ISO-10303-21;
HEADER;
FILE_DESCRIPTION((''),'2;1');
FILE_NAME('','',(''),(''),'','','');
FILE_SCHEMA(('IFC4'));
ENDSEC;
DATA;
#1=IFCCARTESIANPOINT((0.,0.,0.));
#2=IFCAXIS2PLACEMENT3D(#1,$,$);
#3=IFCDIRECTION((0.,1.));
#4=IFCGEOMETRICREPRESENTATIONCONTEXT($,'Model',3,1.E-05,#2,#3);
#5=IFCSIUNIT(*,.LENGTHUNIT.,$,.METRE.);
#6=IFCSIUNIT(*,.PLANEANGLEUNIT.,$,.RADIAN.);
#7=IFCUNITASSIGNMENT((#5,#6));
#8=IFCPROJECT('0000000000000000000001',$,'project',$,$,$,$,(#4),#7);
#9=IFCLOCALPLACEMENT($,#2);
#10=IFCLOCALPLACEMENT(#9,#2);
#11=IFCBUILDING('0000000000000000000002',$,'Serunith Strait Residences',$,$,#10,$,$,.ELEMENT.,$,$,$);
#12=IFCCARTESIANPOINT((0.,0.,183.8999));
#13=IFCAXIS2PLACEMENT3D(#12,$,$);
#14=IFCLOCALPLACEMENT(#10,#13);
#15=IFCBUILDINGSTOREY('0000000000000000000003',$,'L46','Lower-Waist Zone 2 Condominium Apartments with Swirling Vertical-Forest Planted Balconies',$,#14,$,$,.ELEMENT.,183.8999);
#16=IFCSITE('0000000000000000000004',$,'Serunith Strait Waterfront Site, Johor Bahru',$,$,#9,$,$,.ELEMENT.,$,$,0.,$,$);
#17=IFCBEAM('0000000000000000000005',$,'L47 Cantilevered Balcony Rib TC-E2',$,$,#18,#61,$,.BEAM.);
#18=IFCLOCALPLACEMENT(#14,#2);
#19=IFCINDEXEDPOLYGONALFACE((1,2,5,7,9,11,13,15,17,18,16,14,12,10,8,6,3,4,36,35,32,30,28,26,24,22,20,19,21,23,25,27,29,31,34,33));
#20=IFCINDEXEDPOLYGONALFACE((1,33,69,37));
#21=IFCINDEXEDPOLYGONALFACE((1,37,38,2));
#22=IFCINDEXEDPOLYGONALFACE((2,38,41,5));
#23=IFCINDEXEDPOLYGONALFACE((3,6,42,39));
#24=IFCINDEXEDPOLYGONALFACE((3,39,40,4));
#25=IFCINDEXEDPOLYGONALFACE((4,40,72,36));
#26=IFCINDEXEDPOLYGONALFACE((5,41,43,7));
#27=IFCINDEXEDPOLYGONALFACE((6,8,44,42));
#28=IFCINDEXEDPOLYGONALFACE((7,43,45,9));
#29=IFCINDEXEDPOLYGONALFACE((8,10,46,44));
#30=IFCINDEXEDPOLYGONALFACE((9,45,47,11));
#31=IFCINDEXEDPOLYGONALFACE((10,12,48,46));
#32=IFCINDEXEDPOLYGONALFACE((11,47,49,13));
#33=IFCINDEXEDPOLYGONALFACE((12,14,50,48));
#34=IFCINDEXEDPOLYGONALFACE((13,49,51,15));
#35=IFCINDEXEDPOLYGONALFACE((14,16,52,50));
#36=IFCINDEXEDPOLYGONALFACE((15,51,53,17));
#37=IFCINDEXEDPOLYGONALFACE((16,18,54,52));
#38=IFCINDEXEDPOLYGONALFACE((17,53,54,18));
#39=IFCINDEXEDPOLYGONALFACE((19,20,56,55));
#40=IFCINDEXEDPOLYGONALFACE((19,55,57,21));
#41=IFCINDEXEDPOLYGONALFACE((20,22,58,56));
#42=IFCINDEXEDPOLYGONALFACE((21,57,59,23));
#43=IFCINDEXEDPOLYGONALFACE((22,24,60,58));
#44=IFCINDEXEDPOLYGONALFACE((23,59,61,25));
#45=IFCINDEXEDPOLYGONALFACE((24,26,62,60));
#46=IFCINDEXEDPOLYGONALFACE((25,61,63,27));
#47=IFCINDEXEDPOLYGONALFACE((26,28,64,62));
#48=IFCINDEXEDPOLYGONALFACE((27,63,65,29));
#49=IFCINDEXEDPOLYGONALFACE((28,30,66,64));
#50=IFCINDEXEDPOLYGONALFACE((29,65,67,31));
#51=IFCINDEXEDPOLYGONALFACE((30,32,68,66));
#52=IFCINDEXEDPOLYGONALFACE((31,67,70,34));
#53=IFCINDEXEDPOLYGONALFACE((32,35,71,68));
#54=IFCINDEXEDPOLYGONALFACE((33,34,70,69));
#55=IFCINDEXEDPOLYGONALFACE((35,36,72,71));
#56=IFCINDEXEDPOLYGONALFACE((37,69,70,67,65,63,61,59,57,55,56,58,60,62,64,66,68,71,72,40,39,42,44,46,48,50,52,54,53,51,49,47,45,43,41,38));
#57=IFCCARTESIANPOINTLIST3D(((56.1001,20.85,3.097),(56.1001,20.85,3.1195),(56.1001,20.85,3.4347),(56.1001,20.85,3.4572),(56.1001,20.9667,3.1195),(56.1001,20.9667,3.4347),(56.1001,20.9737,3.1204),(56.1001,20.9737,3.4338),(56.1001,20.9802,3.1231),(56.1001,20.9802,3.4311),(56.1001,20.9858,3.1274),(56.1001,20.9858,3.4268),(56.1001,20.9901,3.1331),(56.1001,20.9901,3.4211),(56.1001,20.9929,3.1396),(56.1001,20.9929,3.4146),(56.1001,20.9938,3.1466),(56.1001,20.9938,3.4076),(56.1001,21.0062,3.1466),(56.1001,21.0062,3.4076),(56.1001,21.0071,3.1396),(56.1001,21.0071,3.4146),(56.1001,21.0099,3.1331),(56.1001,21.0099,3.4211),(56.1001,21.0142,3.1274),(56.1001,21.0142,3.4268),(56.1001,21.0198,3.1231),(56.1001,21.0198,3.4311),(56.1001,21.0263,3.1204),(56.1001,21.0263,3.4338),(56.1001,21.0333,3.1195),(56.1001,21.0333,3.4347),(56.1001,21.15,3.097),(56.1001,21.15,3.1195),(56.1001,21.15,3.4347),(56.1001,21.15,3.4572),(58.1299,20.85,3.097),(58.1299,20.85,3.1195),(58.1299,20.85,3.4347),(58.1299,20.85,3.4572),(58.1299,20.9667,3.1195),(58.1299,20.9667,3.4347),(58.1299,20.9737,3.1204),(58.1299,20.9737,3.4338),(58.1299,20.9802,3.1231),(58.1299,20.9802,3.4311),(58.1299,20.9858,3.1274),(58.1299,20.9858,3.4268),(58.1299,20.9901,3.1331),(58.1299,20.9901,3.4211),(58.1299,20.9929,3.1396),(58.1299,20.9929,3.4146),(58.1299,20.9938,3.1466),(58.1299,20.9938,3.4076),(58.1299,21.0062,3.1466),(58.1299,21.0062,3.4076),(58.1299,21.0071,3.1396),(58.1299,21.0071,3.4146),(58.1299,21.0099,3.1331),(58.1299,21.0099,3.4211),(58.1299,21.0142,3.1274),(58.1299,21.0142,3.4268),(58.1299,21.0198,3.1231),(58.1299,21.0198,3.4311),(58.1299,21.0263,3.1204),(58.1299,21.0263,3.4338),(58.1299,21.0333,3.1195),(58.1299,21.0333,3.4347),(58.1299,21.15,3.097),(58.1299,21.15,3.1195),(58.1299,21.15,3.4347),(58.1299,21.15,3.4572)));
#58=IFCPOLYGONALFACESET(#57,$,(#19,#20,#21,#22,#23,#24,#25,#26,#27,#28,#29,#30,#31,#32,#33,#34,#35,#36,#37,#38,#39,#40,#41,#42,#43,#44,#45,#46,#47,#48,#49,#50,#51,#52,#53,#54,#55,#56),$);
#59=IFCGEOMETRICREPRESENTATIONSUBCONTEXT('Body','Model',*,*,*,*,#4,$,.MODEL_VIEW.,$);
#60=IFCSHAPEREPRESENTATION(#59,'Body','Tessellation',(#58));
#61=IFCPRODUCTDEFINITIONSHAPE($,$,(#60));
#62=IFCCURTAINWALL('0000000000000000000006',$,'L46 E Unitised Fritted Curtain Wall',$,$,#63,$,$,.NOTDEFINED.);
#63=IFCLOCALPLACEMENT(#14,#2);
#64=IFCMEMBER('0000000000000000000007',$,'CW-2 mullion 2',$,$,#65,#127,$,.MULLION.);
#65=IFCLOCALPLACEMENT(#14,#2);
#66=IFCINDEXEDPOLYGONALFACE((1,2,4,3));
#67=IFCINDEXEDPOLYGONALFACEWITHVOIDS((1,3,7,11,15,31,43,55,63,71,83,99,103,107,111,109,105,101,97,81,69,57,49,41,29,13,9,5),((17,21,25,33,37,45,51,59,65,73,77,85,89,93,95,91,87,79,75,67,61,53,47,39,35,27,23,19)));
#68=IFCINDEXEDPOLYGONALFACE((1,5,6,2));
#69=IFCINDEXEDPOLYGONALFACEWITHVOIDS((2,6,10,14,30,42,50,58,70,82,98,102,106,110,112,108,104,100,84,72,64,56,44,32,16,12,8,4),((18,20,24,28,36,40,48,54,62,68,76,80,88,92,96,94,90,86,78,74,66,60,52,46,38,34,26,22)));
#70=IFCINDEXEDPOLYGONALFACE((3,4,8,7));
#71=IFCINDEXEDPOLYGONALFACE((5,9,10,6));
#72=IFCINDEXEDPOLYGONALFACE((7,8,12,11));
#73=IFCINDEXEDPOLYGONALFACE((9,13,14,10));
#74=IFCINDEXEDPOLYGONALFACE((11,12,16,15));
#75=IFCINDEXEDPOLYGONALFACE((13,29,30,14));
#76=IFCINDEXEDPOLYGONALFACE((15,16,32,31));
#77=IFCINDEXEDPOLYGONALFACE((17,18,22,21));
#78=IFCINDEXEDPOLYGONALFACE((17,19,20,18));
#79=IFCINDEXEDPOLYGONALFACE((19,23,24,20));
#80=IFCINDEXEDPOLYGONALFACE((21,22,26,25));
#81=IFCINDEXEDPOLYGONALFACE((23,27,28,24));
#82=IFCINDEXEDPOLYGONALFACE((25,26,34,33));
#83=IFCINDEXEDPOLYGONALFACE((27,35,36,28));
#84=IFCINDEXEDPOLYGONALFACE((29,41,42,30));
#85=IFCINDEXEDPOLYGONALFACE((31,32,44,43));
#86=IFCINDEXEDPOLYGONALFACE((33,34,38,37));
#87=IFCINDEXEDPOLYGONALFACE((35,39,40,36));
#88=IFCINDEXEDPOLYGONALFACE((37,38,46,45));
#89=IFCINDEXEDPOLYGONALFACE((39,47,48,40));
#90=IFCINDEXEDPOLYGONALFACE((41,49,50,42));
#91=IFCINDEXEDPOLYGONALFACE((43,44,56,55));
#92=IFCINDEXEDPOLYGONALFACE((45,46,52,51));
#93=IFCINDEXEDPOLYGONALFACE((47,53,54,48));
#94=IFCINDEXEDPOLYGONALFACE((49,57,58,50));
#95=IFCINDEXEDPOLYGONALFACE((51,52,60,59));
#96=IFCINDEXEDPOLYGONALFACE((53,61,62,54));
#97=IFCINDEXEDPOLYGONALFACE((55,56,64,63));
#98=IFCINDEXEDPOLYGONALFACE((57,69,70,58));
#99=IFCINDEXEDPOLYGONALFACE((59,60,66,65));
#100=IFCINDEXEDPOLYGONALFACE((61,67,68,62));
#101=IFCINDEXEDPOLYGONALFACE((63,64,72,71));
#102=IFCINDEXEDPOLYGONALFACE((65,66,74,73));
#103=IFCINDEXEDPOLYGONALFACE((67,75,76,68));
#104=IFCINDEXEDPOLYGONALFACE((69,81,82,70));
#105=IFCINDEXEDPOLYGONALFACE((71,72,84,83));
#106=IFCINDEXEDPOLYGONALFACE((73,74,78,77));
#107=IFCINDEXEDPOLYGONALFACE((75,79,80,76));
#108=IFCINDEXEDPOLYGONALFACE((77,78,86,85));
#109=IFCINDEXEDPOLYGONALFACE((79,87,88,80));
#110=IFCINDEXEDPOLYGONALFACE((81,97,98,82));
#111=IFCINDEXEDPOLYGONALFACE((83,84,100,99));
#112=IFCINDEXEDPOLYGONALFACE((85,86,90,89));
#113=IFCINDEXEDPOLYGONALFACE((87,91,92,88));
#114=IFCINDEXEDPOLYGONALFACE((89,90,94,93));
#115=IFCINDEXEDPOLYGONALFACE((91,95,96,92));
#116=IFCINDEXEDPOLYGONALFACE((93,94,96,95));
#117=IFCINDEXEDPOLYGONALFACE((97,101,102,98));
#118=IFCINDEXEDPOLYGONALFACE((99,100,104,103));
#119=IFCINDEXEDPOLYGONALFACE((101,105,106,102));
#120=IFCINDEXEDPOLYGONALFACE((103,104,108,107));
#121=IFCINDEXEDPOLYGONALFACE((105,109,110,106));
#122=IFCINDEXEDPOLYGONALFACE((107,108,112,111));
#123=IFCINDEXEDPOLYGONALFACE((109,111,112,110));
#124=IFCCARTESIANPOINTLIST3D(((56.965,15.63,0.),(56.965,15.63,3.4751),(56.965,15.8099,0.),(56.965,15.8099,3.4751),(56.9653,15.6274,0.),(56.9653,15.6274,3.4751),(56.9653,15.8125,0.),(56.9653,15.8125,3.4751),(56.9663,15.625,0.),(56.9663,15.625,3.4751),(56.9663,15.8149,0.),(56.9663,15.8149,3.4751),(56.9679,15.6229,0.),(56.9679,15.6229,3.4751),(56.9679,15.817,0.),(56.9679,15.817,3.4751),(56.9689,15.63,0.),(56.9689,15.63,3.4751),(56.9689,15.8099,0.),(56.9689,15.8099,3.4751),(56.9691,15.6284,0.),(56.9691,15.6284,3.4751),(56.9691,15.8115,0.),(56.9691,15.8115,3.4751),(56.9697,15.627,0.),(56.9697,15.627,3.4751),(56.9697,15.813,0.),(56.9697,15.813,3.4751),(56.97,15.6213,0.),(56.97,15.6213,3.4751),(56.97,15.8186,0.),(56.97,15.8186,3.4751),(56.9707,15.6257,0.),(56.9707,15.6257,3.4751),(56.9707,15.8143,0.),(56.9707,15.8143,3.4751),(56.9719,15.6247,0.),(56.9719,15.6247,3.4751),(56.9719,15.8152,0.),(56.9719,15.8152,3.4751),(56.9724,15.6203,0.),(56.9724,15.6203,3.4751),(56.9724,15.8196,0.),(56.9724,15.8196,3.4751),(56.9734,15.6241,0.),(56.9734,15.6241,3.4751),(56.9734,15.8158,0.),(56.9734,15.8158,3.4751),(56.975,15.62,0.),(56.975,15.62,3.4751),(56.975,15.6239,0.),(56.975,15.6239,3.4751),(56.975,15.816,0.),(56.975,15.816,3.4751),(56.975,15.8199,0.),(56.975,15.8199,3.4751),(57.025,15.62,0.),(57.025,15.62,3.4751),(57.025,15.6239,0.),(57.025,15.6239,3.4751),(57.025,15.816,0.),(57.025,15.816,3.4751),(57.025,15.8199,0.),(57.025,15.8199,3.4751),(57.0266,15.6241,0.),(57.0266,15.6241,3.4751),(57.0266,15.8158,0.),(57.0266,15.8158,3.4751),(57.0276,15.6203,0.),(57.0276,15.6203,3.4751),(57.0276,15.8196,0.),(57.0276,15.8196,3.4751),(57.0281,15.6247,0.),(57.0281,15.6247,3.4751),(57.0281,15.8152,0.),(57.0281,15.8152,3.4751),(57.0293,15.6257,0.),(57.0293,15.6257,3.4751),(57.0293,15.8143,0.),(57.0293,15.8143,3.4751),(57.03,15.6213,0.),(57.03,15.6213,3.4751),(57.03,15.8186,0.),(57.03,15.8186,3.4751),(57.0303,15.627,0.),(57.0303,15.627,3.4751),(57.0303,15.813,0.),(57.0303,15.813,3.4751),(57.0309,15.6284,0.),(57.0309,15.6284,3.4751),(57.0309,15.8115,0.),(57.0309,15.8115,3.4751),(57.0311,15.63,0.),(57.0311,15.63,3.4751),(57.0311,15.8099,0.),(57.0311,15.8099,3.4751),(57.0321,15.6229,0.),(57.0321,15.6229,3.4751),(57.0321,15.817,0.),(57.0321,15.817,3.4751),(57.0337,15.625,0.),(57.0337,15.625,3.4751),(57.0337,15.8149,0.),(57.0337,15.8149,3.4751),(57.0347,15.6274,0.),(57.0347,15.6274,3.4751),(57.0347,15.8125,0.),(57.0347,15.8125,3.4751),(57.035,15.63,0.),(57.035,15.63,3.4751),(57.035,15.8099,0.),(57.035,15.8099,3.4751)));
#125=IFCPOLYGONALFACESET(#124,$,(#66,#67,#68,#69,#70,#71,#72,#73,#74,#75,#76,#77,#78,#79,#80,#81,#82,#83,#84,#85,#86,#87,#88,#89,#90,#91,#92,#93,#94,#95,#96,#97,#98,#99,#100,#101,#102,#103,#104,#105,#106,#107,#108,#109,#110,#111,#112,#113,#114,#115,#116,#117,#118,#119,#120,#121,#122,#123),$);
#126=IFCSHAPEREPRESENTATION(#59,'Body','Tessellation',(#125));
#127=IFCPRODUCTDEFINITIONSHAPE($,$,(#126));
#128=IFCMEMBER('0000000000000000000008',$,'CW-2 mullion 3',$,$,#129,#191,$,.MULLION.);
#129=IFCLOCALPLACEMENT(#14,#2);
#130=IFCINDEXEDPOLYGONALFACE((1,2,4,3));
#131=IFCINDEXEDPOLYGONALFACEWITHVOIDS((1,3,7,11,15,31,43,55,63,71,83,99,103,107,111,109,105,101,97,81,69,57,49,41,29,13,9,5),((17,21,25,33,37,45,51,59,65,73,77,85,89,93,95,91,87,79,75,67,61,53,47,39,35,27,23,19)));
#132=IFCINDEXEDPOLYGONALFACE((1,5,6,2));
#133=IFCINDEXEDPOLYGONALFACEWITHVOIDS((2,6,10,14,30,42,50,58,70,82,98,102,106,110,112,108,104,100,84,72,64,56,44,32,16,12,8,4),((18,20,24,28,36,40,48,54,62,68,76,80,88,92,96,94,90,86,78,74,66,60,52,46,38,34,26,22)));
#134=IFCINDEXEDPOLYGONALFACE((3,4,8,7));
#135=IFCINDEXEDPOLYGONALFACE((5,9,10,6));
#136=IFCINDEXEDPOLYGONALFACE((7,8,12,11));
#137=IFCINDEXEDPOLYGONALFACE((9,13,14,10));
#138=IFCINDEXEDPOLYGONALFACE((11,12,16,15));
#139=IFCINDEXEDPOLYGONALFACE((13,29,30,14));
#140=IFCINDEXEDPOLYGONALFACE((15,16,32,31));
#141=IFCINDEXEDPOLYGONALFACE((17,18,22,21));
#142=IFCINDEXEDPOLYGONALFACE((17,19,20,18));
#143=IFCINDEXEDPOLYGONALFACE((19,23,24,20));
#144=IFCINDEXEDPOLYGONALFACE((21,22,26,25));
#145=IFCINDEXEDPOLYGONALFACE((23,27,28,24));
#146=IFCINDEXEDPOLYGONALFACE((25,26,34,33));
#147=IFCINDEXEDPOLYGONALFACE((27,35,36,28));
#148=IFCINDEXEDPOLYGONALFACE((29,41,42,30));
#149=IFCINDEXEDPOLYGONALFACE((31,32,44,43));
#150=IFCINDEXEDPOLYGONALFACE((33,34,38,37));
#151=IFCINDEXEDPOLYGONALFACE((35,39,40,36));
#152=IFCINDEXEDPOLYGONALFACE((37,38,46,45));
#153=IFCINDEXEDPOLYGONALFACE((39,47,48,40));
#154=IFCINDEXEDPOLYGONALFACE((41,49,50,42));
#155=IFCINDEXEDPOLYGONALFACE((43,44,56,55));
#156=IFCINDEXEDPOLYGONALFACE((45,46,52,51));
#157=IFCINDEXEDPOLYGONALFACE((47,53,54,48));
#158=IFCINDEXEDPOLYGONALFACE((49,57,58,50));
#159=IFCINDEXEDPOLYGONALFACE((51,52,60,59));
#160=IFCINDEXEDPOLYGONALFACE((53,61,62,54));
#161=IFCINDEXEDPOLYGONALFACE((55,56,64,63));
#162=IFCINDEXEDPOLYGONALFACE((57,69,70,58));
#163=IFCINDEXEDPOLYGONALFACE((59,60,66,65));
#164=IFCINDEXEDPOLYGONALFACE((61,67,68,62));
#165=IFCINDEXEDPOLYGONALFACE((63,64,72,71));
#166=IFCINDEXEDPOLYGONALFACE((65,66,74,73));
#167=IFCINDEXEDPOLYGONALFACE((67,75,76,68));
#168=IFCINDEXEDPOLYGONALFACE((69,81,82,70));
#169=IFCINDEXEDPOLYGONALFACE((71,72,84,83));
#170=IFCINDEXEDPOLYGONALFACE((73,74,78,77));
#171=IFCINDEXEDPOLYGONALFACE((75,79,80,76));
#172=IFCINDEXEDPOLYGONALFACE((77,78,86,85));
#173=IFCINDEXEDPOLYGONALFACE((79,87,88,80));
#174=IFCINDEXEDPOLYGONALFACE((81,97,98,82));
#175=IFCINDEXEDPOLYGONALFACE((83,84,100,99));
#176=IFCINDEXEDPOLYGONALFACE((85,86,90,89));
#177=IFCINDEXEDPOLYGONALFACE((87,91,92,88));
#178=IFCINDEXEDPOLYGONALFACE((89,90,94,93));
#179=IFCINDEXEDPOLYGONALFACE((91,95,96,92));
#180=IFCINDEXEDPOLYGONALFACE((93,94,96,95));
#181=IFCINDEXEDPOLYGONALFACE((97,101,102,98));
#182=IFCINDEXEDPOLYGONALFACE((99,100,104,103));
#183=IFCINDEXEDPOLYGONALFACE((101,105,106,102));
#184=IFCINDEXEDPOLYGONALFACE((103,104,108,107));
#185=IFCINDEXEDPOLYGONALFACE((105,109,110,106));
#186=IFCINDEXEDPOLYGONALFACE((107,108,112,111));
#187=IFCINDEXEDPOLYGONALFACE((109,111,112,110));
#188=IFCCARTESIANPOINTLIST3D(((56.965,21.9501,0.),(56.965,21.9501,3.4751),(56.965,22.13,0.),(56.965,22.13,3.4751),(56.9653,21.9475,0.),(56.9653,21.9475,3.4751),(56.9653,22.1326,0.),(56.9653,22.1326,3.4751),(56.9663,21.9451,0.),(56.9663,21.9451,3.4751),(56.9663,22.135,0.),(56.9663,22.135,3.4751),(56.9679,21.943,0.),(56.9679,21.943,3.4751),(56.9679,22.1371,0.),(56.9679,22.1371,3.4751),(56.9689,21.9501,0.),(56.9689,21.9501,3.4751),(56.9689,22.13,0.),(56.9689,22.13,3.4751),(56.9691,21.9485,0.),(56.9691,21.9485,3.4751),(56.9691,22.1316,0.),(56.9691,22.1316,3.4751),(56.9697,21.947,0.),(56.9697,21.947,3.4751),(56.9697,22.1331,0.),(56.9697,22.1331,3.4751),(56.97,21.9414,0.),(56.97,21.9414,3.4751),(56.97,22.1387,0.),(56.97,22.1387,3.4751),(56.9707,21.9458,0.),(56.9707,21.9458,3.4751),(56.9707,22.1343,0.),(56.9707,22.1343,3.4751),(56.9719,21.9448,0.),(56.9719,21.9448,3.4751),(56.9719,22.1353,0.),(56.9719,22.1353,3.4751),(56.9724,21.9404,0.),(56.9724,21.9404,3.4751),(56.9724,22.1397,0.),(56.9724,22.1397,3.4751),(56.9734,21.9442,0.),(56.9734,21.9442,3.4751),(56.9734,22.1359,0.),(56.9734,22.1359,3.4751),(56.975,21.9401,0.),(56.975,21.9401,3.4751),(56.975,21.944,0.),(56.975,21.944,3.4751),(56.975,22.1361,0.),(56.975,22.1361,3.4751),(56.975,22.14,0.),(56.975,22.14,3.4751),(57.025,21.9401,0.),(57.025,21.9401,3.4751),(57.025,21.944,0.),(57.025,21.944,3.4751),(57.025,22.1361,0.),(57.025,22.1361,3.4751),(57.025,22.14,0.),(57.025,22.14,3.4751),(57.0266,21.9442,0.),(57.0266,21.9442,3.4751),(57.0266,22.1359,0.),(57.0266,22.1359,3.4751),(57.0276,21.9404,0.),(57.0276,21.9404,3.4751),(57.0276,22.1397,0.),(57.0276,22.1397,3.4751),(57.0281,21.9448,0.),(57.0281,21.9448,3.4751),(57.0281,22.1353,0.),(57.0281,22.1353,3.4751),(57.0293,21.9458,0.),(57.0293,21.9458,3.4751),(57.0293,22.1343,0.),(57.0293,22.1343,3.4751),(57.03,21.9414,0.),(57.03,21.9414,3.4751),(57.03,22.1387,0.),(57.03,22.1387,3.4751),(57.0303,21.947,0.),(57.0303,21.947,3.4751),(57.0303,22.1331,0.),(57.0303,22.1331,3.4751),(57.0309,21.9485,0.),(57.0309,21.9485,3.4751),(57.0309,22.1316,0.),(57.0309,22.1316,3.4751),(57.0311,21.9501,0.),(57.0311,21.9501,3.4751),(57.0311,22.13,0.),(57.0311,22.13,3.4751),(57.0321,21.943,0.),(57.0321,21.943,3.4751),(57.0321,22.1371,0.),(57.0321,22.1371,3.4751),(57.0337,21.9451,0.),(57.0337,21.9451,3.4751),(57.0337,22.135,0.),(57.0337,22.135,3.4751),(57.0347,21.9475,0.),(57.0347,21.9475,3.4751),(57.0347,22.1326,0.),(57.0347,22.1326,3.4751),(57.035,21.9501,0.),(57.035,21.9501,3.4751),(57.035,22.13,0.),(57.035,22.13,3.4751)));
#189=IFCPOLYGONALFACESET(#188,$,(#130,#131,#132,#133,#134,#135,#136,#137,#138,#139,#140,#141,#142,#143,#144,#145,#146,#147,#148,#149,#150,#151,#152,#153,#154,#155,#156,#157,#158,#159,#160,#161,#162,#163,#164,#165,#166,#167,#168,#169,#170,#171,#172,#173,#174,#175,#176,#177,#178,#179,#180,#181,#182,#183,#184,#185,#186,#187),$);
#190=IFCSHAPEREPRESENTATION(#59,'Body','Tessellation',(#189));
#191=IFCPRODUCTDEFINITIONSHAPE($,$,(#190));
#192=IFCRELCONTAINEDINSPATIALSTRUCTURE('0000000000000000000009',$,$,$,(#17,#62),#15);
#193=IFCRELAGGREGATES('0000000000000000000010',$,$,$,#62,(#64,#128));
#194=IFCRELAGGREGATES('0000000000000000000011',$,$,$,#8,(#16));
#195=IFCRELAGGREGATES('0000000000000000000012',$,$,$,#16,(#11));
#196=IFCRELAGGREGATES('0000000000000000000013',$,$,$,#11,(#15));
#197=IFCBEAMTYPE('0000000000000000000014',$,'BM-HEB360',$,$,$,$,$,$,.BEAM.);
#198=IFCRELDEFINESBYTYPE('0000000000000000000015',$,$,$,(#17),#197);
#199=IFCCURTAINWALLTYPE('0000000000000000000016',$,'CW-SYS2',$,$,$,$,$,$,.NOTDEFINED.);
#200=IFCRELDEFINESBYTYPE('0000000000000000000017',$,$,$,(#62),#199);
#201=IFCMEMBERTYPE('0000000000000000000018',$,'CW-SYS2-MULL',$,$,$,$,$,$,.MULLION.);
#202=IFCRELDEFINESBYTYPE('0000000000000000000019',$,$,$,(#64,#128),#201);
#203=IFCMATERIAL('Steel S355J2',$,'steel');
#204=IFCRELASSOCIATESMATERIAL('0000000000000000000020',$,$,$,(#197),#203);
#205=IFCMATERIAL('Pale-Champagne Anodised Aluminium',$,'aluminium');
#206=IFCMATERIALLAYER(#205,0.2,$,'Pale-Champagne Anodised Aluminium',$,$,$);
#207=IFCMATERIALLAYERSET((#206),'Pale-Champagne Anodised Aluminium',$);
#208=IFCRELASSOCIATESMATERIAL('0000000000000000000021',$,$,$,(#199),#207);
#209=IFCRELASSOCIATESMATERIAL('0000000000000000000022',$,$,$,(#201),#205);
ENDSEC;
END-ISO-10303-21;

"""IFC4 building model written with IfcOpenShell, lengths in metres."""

from ifc_helpers import new_model, si_unit, direction, frame, origin, origin_2d, place, context, subcontext, project, spatial, hollow_rectangle, i_section, extrude, source, transform, mapped, material, layer, layer_set, material_profile, profile_set, type_object, element, aggregate, save


model = new_model("IFC4")

# Units and contexts
model_context = context("Model", 3, precision=1e-05, world=origin(), true_north=direction((0.0, 1.0)))
body_context = subcontext(model_context, "Body", "Model", "MODEL_VIEW")
ifc_project = project(units=[si_unit("LENGTHUNIT", "METRE"), si_unit("PLANEANGLEUNIT", "RADIAN")], contexts=[model_context])

# Site, building, storey
site_placement = place(None, origin())
site = spatial("IfcSite", under=ifc_project, at=site_placement, Name="Serunith Strait Waterfront Site, Johor Bahru", CompositionType="ELEMENT", RefElevation=0.0)
building_placement = place(site_placement, origin())
building = spatial("IfcBuilding", under=site, at=building_placement, Name="Serunith Strait Residences", CompositionType="ELEMENT")
storey_placement = place(building_placement, frame((0.0, 0.0, 183.8999)))
storey = spatial("IfcBuildingStorey", under=building, at=storey_placement, Name="L46", Description="Lower-Waist Zone 2 Condominium Apartments with Swirling Vertical-Forest Planted Balconies", CompositionType="ELEMENT", Elevation=183.8999)

# Beam
ifc_material_1 = material(Name="Steel S355J2", Category="steel")
ifc_material_profile_1 = material_profile(ifc_material_1, i_section(OverallWidth=0.3, OverallDepth=0.3601, WebThickness=0.0125, FlangeThickness=0.0225, FilletRadius=0.0271, at=origin_2d()), Name="HEB 360")
ifc_profile_set_1 = profile_set([ifc_material_profile_1], Name="Steel S355J2")
beam_type_1 = type_object("IfcBeamType", Name="BM-HEB360", PredefinedType="BEAM", material=ifc_profile_set_1)
shared_shape_1 = source(origin(), body_context, "Body", "SweptSolid", [
    extrude(i_section(OverallWidth=0.3, OverallDepth=0.3601, WebThickness=0.0125, FlangeThickness=0.0225, FilletRadius=0.0271, at=origin_2d()), origin(), (0.0, 0.0, 1.0), 2.0298),
])
for number, where, z_axis, x_axis, name in (
    (1, (56.1001, 21.0, 3.2771), (1.0, 0.0, 0.0), (0.0, 1.0, 0.0), "L47 Cantilevered Balcony Rib TC-E2"),
):
    element("IfcBeam", number, at=place(storey_placement, frame(where, z_axis=z_axis, x_axis=x_axis)), inside=storey, type_object=beam_type_1, Name=name, PredefinedType="BEAM", context=body_context, shape_type="MappedRepresentation", body=[
        mapped(shared_shape_1, transform((0.0, 0.0, 0.0), scale=1.0)),
    ])

# Curtain wall, members
ifc_material_2 = material(Name="Pale-Champagne Anodised Aluminium", Category="aluminium")
ifc_layer_1 = layer(ifc_material_2, 0.2, Name="Pale-Champagne Anodised Aluminium")
ifc_layer_set_1 = layer_set([ifc_layer_1], Name="Pale-Champagne Anodised Aluminium")
curtain_wall_type = type_object("IfcCurtainWallType", Name="CW-SYS2", PredefinedType="NOTDEFINED", material=ifc_layer_set_1)
curtain_wall_placement = place(storey_placement, origin())
curtain_wall = element("IfcCurtainWall", 2, at=curtain_wall_placement, inside=storey, type_object=curtain_wall_type, Name="L46 E Unitised Fritted Curtain Wall", PredefinedType="NOTDEFINED")
ifc_material_profile_2 = material_profile(ifc_material_2, hollow_rectangle(XDim=0.0701, YDim=0.2, WallThickness=0.0039, InnerFilletRadius=0.0061, OuterFilletRadius=0.01, at=origin_2d()), Name="ALU 200x70x4")
ifc_profile_set_2 = profile_set([ifc_material_profile_2], Name="Pale-Champagne Anodised Aluminium")
member_type_1 = type_object("IfcMemberType", Name="CW-SYS2-MULL", PredefinedType="MULLION", material=ifc_profile_set_2)
shared_shape_2 = source(origin(), body_context, "Body", "SweptSolid", [
    extrude(hollow_rectangle(XDim=0.0701, YDim=0.2, WallThickness=0.0039, InnerFilletRadius=0.0061, OuterFilletRadius=0.01, at=origin_2d()), origin(), (0.0, 0.0, 1.0), 3.4751),
])
member_1_placement = place(storey_placement, frame((57.0, 15.72, 0.0), z_axis=(0.0, 0.0, 1.0), x_axis=(-1.0, 0.0, 0.0)))
member_1 = element("IfcMember", 3, at=member_1_placement, type_object=member_type_1, Name="CW-2 mullion 2", PredefinedType="MULLION", context=body_context, shape_type="MappedRepresentation", body=[
    mapped(shared_shape_2, transform((0.0, 0.0, 0.0), scale=1.0)),
])
member_2_placement = place(storey_placement, frame((57.0, 22.04, 0.0), z_axis=(0.0, 0.0, 1.0), x_axis=(-1.0, 0.0, 0.0)))
member_2 = element("IfcMember", 4, at=member_2_placement, type_object=member_type_1, Name="CW-2 mullion 3", PredefinedType="MULLION", context=body_context, shape_type="MappedRepresentation", body=[
    mapped(shared_shape_2, transform((0.0, 0.0, 0.0), scale=1.0)),
])
aggregate(curtain_wall, [member_1, member_2])

save(model, "model.ifc")
